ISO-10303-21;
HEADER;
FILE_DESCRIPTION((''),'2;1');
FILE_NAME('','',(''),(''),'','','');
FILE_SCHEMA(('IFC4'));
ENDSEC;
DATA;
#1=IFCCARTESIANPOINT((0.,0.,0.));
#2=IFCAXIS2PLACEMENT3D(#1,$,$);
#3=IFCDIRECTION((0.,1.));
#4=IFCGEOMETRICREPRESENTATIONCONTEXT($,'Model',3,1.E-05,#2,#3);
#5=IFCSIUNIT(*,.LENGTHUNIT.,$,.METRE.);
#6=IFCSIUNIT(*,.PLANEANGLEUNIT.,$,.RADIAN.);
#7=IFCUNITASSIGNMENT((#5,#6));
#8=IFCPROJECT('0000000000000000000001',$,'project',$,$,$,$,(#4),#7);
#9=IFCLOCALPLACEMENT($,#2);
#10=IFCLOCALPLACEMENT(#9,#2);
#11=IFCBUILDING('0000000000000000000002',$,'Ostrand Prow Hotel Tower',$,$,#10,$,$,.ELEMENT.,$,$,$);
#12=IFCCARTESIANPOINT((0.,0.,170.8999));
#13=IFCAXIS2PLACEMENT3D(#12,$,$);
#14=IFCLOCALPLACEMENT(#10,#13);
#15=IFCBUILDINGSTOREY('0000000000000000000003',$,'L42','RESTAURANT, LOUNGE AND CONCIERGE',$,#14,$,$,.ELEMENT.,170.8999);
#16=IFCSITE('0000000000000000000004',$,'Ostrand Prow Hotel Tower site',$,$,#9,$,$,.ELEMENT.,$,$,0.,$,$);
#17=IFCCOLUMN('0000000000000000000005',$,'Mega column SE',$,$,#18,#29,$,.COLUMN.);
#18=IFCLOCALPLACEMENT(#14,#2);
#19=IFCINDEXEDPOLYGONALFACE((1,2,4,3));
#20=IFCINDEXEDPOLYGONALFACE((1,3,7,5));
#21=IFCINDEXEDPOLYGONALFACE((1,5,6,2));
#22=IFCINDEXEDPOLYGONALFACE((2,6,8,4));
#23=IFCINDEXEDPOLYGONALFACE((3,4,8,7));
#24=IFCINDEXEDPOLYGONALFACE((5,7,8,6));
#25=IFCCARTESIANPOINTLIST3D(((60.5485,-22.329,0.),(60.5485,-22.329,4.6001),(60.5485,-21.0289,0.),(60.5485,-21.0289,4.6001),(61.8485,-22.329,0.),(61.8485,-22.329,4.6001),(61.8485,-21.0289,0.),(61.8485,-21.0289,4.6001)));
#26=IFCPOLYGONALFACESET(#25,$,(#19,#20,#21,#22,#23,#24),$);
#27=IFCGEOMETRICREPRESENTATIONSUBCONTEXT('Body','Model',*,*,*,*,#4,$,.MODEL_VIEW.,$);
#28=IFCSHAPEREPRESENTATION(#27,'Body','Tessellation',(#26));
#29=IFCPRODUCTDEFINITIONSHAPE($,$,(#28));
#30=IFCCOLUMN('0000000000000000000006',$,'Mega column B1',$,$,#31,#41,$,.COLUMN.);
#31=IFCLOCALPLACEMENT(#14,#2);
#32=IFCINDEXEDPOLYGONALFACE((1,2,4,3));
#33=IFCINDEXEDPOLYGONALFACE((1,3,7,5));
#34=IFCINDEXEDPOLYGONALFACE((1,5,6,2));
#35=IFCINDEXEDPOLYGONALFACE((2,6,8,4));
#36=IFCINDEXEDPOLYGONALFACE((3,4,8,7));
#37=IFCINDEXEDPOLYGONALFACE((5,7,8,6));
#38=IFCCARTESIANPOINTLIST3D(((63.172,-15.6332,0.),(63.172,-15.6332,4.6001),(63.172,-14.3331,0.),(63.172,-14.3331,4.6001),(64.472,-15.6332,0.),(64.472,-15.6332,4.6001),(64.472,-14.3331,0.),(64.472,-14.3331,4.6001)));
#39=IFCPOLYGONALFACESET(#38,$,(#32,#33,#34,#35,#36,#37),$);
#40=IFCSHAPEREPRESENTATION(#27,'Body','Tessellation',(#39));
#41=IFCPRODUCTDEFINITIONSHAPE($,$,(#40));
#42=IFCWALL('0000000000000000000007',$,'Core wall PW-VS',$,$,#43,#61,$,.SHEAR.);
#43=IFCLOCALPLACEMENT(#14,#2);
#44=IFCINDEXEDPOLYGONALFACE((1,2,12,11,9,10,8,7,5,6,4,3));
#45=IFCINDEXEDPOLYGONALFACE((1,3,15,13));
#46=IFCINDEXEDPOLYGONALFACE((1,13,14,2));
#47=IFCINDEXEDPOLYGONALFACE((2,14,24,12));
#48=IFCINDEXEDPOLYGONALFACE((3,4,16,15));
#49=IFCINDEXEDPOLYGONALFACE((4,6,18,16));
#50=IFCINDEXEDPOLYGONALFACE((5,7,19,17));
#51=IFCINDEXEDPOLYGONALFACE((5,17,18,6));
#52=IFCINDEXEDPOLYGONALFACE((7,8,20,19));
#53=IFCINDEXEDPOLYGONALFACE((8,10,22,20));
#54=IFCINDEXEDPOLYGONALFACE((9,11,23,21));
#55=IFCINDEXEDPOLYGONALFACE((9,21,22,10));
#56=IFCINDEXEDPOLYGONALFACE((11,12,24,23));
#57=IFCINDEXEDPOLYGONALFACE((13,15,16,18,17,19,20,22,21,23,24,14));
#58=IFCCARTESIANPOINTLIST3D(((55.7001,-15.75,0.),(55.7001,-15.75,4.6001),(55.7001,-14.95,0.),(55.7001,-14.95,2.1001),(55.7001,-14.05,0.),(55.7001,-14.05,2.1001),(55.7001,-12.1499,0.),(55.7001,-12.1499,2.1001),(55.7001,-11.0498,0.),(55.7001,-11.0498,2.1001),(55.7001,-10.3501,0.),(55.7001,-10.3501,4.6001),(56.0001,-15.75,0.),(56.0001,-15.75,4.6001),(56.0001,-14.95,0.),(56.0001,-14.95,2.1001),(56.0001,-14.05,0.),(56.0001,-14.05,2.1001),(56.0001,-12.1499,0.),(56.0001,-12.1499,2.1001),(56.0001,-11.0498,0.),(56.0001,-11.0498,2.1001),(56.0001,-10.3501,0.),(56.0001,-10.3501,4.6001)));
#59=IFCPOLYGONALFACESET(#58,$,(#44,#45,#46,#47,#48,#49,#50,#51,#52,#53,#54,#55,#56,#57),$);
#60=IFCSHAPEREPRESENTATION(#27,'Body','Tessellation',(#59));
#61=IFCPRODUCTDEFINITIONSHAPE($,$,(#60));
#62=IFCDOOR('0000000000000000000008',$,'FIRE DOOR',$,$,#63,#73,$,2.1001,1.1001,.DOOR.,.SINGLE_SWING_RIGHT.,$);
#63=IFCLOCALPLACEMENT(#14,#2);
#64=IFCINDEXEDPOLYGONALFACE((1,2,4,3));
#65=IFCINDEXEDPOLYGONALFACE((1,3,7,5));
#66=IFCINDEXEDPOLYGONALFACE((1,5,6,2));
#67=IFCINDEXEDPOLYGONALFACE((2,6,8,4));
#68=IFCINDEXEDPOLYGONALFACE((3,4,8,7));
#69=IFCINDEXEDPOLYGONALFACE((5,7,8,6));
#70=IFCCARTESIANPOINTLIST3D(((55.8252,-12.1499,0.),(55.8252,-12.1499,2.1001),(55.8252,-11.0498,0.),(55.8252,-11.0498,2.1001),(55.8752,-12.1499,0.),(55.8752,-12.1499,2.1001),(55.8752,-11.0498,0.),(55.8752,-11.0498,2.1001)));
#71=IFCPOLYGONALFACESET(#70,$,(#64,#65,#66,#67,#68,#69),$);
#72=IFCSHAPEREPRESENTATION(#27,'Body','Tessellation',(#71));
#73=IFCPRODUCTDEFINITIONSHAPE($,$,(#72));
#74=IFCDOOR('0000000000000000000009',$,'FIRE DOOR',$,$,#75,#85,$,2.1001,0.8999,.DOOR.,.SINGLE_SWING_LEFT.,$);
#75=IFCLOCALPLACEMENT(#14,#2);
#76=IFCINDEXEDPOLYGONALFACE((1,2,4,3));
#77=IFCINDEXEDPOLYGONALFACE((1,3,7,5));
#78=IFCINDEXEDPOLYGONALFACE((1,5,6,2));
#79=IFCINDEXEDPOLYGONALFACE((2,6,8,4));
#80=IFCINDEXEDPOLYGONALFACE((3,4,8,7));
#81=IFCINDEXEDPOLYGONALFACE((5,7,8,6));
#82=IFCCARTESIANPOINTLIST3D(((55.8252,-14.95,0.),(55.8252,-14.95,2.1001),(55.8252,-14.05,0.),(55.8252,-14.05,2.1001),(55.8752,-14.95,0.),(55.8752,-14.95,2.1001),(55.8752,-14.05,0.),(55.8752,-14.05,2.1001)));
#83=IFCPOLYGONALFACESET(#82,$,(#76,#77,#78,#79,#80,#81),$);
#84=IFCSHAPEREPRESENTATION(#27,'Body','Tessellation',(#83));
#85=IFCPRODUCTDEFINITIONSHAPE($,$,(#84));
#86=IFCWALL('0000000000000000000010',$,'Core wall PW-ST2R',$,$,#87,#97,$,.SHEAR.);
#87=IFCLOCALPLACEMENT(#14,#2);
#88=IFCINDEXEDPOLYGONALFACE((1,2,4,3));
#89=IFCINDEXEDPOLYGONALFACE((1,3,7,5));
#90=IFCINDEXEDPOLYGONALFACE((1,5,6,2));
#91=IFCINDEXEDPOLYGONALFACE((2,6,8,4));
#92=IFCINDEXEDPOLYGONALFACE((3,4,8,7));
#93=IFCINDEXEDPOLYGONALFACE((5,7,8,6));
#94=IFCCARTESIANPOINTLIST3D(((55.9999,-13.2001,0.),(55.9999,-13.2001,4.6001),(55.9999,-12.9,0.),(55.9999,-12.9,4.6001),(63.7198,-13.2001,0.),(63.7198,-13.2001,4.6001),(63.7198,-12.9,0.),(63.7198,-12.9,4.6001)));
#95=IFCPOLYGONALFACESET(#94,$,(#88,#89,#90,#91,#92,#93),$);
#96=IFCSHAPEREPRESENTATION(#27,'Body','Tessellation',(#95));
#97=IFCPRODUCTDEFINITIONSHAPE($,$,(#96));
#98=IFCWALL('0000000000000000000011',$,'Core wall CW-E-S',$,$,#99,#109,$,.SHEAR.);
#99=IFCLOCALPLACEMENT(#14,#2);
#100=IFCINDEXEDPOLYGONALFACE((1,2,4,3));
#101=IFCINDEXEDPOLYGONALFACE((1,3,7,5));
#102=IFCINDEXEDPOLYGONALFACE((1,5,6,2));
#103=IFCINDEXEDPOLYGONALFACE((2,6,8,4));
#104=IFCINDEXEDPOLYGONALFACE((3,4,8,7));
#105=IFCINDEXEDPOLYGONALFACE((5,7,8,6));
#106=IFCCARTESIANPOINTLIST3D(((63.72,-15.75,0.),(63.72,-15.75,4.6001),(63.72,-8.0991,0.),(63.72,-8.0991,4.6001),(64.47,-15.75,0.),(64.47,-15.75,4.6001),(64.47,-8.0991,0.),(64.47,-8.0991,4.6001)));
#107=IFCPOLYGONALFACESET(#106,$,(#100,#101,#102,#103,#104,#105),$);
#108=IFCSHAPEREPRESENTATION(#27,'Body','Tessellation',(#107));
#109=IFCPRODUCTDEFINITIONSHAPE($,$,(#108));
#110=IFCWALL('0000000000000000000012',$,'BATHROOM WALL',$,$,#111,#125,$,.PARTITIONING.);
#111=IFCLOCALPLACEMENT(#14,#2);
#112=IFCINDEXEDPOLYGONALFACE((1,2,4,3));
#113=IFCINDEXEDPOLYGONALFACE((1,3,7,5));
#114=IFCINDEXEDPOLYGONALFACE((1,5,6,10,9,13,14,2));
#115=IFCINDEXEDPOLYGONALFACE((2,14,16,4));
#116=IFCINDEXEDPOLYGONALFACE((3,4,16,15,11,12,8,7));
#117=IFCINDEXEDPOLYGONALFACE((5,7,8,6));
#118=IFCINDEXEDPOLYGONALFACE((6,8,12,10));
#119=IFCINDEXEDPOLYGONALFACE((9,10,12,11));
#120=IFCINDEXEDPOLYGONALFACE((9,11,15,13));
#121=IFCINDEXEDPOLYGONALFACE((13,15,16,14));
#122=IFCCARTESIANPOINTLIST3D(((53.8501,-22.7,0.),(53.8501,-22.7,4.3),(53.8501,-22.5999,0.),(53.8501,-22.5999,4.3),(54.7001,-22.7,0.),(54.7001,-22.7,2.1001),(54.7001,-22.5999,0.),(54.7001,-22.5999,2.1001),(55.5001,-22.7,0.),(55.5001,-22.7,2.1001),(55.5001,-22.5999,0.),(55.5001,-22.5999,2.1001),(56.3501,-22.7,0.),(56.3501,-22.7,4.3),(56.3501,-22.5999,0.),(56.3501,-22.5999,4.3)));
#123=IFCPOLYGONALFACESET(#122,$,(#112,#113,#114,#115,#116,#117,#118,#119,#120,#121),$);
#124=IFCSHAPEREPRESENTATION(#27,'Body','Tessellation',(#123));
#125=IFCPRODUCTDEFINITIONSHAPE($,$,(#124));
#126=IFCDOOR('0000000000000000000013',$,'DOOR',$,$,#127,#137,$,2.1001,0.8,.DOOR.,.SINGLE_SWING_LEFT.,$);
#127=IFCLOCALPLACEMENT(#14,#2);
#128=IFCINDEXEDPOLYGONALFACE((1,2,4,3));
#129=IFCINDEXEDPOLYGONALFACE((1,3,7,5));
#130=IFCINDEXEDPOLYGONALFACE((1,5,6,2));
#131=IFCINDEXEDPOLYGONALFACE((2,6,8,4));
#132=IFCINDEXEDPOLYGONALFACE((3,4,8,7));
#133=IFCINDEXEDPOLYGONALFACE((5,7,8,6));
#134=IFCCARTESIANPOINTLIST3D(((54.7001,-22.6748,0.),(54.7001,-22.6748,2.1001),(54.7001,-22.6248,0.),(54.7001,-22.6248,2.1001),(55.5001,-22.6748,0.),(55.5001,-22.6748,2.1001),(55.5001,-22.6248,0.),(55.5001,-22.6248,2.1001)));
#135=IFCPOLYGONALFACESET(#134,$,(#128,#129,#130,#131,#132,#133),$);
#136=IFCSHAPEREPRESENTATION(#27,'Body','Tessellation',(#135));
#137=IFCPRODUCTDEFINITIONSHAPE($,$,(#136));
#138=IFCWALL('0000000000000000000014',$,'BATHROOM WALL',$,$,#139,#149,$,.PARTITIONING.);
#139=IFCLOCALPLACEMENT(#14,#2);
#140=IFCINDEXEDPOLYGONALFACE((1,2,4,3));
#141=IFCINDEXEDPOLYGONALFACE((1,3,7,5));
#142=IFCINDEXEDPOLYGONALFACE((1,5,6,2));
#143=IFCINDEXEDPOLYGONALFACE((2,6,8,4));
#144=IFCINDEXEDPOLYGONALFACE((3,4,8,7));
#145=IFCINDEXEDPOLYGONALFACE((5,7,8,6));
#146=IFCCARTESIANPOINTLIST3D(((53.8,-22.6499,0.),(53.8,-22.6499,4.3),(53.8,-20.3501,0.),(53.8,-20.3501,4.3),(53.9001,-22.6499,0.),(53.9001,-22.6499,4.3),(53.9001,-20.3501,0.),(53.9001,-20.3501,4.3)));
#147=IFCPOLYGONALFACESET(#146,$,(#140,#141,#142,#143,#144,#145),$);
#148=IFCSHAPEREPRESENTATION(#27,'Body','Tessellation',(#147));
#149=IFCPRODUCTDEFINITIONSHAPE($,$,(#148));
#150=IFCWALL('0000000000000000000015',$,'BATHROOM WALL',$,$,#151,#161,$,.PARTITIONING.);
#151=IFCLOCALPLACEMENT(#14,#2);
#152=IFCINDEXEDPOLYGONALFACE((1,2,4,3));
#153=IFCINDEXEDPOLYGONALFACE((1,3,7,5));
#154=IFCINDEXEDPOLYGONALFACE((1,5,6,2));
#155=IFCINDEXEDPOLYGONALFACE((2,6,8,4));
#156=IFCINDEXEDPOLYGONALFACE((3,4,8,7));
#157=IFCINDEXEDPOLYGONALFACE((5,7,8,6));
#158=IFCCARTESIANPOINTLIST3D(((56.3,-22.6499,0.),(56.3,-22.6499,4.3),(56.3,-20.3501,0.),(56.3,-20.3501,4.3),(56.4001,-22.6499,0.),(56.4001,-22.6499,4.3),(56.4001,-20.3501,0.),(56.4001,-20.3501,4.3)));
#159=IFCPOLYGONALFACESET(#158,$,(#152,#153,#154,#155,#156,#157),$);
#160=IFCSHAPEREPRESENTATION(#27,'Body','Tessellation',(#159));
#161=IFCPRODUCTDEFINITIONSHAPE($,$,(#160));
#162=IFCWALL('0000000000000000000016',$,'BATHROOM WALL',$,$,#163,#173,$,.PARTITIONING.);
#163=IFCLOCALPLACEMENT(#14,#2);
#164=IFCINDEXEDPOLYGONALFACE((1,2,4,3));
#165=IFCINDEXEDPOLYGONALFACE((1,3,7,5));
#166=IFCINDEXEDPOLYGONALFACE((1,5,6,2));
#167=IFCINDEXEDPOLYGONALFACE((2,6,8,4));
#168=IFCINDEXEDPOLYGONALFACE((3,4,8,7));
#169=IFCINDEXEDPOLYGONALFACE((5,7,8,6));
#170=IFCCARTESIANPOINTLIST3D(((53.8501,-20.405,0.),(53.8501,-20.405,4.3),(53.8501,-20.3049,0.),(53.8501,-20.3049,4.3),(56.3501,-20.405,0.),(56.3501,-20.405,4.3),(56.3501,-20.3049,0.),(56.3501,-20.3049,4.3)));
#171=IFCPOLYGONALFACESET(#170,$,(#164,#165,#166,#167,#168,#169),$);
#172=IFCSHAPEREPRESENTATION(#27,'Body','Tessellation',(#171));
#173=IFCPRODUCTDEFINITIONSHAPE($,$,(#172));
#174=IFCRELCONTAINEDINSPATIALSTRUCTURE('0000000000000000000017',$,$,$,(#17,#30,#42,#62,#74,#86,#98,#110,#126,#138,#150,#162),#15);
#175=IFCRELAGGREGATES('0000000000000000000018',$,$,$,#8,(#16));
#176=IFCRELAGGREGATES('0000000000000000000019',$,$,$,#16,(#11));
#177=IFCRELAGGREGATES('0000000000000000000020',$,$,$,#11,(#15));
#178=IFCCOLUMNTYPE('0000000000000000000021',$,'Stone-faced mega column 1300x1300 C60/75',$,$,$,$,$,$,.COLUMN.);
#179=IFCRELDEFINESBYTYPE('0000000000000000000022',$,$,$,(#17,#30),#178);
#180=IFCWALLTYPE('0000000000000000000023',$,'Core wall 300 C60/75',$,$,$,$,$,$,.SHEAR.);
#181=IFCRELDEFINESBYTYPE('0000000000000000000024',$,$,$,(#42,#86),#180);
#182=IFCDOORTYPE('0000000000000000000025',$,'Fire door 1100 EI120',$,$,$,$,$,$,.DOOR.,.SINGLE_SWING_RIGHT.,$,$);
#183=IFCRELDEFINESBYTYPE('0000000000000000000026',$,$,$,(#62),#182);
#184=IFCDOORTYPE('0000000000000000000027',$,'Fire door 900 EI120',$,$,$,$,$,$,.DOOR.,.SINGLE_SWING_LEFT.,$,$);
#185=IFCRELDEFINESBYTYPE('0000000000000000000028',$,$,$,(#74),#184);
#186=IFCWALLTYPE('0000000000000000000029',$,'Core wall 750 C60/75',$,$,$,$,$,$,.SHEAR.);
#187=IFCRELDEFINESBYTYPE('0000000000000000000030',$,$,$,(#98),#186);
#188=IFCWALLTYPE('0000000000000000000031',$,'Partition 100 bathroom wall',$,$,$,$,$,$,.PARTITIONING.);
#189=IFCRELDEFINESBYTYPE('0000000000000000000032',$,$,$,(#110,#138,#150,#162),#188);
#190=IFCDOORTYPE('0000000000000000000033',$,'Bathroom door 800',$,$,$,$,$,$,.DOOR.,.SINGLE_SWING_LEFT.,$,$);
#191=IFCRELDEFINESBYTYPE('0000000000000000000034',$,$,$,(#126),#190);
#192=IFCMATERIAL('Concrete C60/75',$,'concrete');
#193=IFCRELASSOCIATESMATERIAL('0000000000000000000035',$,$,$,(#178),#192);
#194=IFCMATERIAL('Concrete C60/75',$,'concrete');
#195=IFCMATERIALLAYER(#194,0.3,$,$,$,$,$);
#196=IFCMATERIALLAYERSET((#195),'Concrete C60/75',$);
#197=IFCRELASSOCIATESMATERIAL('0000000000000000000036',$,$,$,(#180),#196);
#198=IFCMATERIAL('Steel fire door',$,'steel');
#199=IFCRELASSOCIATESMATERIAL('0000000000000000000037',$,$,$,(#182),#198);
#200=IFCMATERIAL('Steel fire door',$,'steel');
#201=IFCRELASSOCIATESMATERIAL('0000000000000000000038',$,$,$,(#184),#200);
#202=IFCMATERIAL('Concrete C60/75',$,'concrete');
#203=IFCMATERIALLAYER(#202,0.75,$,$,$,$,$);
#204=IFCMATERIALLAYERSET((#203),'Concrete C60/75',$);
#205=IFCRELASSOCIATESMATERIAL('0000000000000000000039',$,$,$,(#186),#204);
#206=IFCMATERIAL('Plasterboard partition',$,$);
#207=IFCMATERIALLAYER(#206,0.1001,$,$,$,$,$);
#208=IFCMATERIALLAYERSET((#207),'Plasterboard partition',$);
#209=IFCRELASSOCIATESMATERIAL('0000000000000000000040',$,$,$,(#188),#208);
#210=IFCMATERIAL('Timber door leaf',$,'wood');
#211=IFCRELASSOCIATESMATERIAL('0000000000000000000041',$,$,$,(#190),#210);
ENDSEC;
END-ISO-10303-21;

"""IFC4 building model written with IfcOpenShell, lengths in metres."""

from ifc_helpers import new_model, si_unit, direction, frame, frame_2d, origin, origin_2d, place, context, subcontext, project, spatial, rectangle, extrude, material, layer, layer_set, material_profile, profile_set, type_object, element, fill, save


model = new_model("IFC4")

# Units and contexts
model_context = context("Model", 3, precision=1e-05, world=origin(), true_north=direction((0.0, 1.0)))
body_context = subcontext(model_context, "Body", "Model", "MODEL_VIEW")
ifc_project = project(units=[si_unit("LENGTHUNIT", "METRE"), si_unit("PLANEANGLEUNIT", "RADIAN")], contexts=[model_context])

# Site, building, storey
site_placement = place(None, origin())
site = spatial("IfcSite", under=ifc_project, at=site_placement, Name="Ostrand Prow Hotel Tower site", CompositionType="ELEMENT", RefElevation=0.0)
building_placement = place(site_placement, origin())
building = spatial("IfcBuilding", under=site, at=building_placement, Name="Ostrand Prow Hotel Tower", CompositionType="ELEMENT")
storey_placement = place(building_placement, frame((0.0, 0.0, 170.8999)))
storey = spatial("IfcBuildingStorey", under=building, at=storey_placement, Name="L42", Description="RESTAURANT, LOUNGE AND CONCIERGE", CompositionType="ELEMENT", Elevation=170.8999)

# Columns
ifc_material_1 = material(Name="Concrete C60/75", Category="concrete")
ifc_material_profile = material_profile(ifc_material_1, rectangle(XDim=1.3, YDim=1.3, at=origin_2d()), Name="RC 1300x1300")
ifc_profile_set = profile_set([ifc_material_profile], Name="Concrete C60/75")
column_type = type_object("IfcColumnType", Name="Stone-faced mega column 1300x1300 C60/75", PredefinedType="COLUMN", material=ifc_profile_set)
for number, where, z_axis, x_axis, name in (
    (1, (61.1985, -21.679, 0.0), (0.0, 0.0, 1.0), (1.0, 0.0, 0.0), "Mega column SE"),
    (2, (63.822, -14.9832, 0.0), (0.0, 0.0, 1.0), (1.0, 0.0, 0.0), "Mega column B1"),
):
    element("IfcColumn", number, at=place(storey_placement, frame(where, z_axis=z_axis, x_axis=x_axis)), inside=storey, type_object=column_type, Name=name, PredefinedType="COLUMN", context=body_context, shape_type="SweptSolid", body=[
        extrude(rectangle(XDim=1.3, YDim=1.3, at=origin_2d()), origin(), (0.0, 0.0, 1.0), 4.6001),
    ])

# Wall, openings, doors
ifc_material_2 = material(Name="Concrete C60/75", Category="concrete")
ifc_layer_1 = layer(ifc_material_2, 0.3)
ifc_layer_set_1 = layer_set([ifc_layer_1], Name="Concrete C60/75")
wall_type_1 = type_object("IfcWallType", Name="Core wall 300 C60/75", PredefinedType="SHEAR", material=ifc_layer_set_1)
wall_1_placement = place(storey_placement, frame((55.8501, -15.75, 0.0), z_axis=(0.0, 0.0, 1.0), x_axis=(0.0, 1.0, 0.0)))
wall_1 = element("IfcWall", 3, at=wall_1_placement, inside=storey, type_object=wall_type_1, Name="Core wall PW-VS", PredefinedType="SHEAR", context=body_context, shape_type="SweptSolid", body=[
    extrude(rectangle(XDim=5.3999, YDim=0.3, at=frame_2d((2.7, 0.0))), origin(), (0.0, 0.0, 1.0), 4.6001),
])
opening_1_placement = place(wall_1_placement, frame((3.6001, 0.0, 0.0)))
opening_1 = element("IfcOpeningElement", 4, at=opening_1_placement, cuts=wall_1, PredefinedType="OPENING", context=body_context, shape_type="SweptSolid", body=[
    extrude(rectangle(XDim=1.1001, YDim=2.1001, at=frame_2d((0.55, 1.05))), frame((0.0, 0.1599, 0.0), z_axis=(0.0, -1.0, 0.0), x_axis=(1.0, 0.0, 0.0)), (0.0, 0.0, 1.0), 0.3201),
])
opening_2_placement = place(wall_1_placement, frame((0.8, 0.0, 0.0)))
opening_2 = element("IfcOpeningElement", 5, at=opening_2_placement, cuts=wall_1, PredefinedType="OPENING", context=body_context, shape_type="SweptSolid", body=[
    extrude(rectangle(XDim=0.8999, YDim=2.1001, at=frame_2d((0.45, 1.05))), frame((0.0, 0.1599, 0.0), z_axis=(0.0, -1.0, 0.0), x_axis=(1.0, 0.0, 0.0)), (0.0, 0.0, 1.0), 0.3201),
])
ifc_material_3 = material(Name="Steel fire door", Category="steel")
door_type_1 = type_object("IfcDoorType", Name="Fire door 1100 EI120", OperationType="SINGLE_SWING_RIGHT", PredefinedType="DOOR", material=ifc_material_3)
door_1_placement = place(opening_1_placement, origin())
door_1 = element("IfcDoor", 6, at=door_1_placement, inside=storey, type_object=door_type_1, Name="FIRE DOOR", OperationType="SINGLE_SWING_RIGHT", OverallHeight=2.1001, OverallWidth=1.1001, PredefinedType="DOOR", context=body_context, shape_type="SweptSolid", body=[
    extrude(rectangle(XDim=1.1001, YDim=2.1001, at=frame_2d((0.55, 1.05))), frame((0.0, 0.0249, 0.0), z_axis=(0.0, -1.0, 0.0), x_axis=(1.0, 0.0, 0.0)), (0.0, 0.0, 1.0), 0.05),
])
fill(opening_1, door_1)
ifc_material_4 = material(Name="Steel fire door", Category="steel")
door_type_2 = type_object("IfcDoorType", Name="Fire door 900 EI120", OperationType="SINGLE_SWING_LEFT", PredefinedType="DOOR", material=ifc_material_4)
door_2_placement = place(opening_2_placement, origin())
door_2 = element("IfcDoor", 7, at=door_2_placement, inside=storey, type_object=door_type_2, Name="FIRE DOOR", OperationType="SINGLE_SWING_LEFT", OverallHeight=2.1001, OverallWidth=0.8999, PredefinedType="DOOR", context=body_context, shape_type="SweptSolid", body=[
    extrude(rectangle(XDim=0.8999, YDim=2.1001, at=frame_2d((0.45, 1.05))), frame((0.0, 0.0249, 0.0), z_axis=(0.0, -1.0, 0.0), x_axis=(1.0, 0.0, 0.0)), (0.0, 0.0, 1.0), 0.05),
])
fill(opening_2, door_2)

# Walls
wall_2_placement = place(storey_placement, frame((56.0, -13.05, 0.0), z_axis=(0.0, 0.0, 1.0), x_axis=(1.0, 0.0, 0.0)))
element("IfcWall", 8, at=wall_2_placement, inside=storey, type_object=wall_type_1, Name="Core wall PW-ST2R", PredefinedType="SHEAR", context=body_context, shape_type="SweptSolid", body=[
    extrude(rectangle(XDim=7.72, YDim=0.3, at=frame_2d((3.8599, 0.0))), origin(), (0.0, 0.0, 1.0), 4.6001),
])
ifc_material_5 = material(Name="Concrete C60/75", Category="concrete")
ifc_layer_2 = layer(ifc_material_5, 0.75)
ifc_layer_set_2 = layer_set([ifc_layer_2], Name="Concrete C60/75")
wall_type_2 = type_object("IfcWallType", Name="Core wall 750 C60/75", PredefinedType="SHEAR", material=ifc_layer_set_2)
wall_3_placement = place(storey_placement, frame((64.095, -15.75, 0.0), z_axis=(0.0, 0.0, 1.0), x_axis=(0.0, 1.0, 0.0)))
element("IfcWall", 9, at=wall_3_placement, inside=storey, type_object=wall_type_2, Name="Core wall CW-E-S", PredefinedType="SHEAR", context=body_context, shape_type="SweptSolid", body=[
    extrude(rectangle(XDim=7.6509, YDim=0.75, at=frame_2d((3.8254, 0.0))), origin(), (0.0, 0.0, 1.0), 4.6001),
])

# Wall, opening, door
ifc_material_6 = material(Name="Plasterboard partition")
ifc_layer_3 = layer(ifc_material_6, 0.1001)
ifc_layer_set_3 = layer_set([ifc_layer_3], Name="Plasterboard partition")
wall_type_3 = type_object("IfcWallType", Name="Partition 100 bathroom wall", PredefinedType="PARTITIONING", material=ifc_layer_set_3)
wall_4_placement = place(storey_placement, frame((56.3501, -22.6499, 0.0), z_axis=(0.0, 0.0, 1.0), x_axis=(-1.0, 0.0, 0.0)))
wall_4 = element("IfcWall", 10, at=wall_4_placement, inside=storey, type_object=wall_type_3, Name="BATHROOM WALL", PredefinedType="PARTITIONING", context=body_context, shape_type="SweptSolid", body=[
    extrude(rectangle(XDim=2.5, YDim=0.1001, at=frame_2d((1.25, 0.0))), origin(), (0.0, 0.0, 1.0), 4.3),
])
opening_3_placement = place(wall_4_placement, frame((0.8501, 0.0, 0.0)))
opening_3 = element("IfcOpeningElement", 11, at=opening_3_placement, cuts=wall_4, PredefinedType="OPENING", context=body_context, shape_type="SweptSolid", body=[
    extrude(rectangle(XDim=0.8, YDim=2.1001, at=frame_2d((0.3999, 1.05))), frame((0.0, 0.0601, 0.0), z_axis=(0.0, -1.0, 0.0), x_axis=(1.0, 0.0, 0.0)), (0.0, 0.0, 1.0), 0.1201),
])
ifc_material_7 = material(Name="Timber door leaf", Category="wood")
door_type_3 = type_object("IfcDoorType", Name="Bathroom door 800", OperationType="SINGLE_SWING_LEFT", PredefinedType="DOOR", material=ifc_material_7)
door_3_placement = place(opening_3_placement, origin())
door_3 = element("IfcDoor", 12, at=door_3_placement, inside=storey, type_object=door_type_3, Name="DOOR", OperationType="SINGLE_SWING_LEFT", OverallHeight=2.1001, OverallWidth=0.8, PredefinedType="DOOR", context=body_context, shape_type="SweptSolid", body=[
    extrude(rectangle(XDim=0.8, YDim=2.1001, at=frame_2d((0.3999, 1.05))), frame((0.0, 0.0249, 0.0), z_axis=(0.0, -1.0, 0.0), x_axis=(1.0, 0.0, 0.0)), (0.0, 0.0, 1.0), 0.05),
])
fill(opening_3, door_3)

# Walls
for number, where, z_axis, x_axis, name in (
    (13, (53.8501, -22.6499, 0.0), (0.0, 0.0, 1.0), (0.0, 1.0, 0.0), "BATHROOM WALL"),
    (14, (56.3501, -20.3501, 0.0), (0.0, 0.0, 1.0), (0.0, -1.0, 0.0), "BATHROOM WALL"),
):
    element("IfcWall", number, at=place(storey_placement, frame(where, z_axis=z_axis, x_axis=x_axis)), inside=storey, type_object=wall_type_3, Name=name, PredefinedType="PARTITIONING", context=body_context, shape_type="SweptSolid", body=[
        extrude(rectangle(XDim=2.2998, YDim=0.1001, at=frame_2d((1.1499, 0.0))), origin(), (0.0, 0.0, 1.0), 4.3),
    ])
wall_5_placement = place(storey_placement, frame((53.8501, -20.355, 0.0), z_axis=(0.0, 0.0, 1.0), x_axis=(1.0, 0.0, 0.0)))
element("IfcWall", 15, at=wall_5_placement, inside=storey, type_object=wall_type_3, Name="BATHROOM WALL", PredefinedType="PARTITIONING", context=body_context, shape_type="SweptSolid", body=[
    extrude(rectangle(XDim=2.5, YDim=0.1001, at=frame_2d((1.25, 0.0))), origin(), (0.0, 0.0, 1.0), 4.3),
])

save(model, "model.ifc")
